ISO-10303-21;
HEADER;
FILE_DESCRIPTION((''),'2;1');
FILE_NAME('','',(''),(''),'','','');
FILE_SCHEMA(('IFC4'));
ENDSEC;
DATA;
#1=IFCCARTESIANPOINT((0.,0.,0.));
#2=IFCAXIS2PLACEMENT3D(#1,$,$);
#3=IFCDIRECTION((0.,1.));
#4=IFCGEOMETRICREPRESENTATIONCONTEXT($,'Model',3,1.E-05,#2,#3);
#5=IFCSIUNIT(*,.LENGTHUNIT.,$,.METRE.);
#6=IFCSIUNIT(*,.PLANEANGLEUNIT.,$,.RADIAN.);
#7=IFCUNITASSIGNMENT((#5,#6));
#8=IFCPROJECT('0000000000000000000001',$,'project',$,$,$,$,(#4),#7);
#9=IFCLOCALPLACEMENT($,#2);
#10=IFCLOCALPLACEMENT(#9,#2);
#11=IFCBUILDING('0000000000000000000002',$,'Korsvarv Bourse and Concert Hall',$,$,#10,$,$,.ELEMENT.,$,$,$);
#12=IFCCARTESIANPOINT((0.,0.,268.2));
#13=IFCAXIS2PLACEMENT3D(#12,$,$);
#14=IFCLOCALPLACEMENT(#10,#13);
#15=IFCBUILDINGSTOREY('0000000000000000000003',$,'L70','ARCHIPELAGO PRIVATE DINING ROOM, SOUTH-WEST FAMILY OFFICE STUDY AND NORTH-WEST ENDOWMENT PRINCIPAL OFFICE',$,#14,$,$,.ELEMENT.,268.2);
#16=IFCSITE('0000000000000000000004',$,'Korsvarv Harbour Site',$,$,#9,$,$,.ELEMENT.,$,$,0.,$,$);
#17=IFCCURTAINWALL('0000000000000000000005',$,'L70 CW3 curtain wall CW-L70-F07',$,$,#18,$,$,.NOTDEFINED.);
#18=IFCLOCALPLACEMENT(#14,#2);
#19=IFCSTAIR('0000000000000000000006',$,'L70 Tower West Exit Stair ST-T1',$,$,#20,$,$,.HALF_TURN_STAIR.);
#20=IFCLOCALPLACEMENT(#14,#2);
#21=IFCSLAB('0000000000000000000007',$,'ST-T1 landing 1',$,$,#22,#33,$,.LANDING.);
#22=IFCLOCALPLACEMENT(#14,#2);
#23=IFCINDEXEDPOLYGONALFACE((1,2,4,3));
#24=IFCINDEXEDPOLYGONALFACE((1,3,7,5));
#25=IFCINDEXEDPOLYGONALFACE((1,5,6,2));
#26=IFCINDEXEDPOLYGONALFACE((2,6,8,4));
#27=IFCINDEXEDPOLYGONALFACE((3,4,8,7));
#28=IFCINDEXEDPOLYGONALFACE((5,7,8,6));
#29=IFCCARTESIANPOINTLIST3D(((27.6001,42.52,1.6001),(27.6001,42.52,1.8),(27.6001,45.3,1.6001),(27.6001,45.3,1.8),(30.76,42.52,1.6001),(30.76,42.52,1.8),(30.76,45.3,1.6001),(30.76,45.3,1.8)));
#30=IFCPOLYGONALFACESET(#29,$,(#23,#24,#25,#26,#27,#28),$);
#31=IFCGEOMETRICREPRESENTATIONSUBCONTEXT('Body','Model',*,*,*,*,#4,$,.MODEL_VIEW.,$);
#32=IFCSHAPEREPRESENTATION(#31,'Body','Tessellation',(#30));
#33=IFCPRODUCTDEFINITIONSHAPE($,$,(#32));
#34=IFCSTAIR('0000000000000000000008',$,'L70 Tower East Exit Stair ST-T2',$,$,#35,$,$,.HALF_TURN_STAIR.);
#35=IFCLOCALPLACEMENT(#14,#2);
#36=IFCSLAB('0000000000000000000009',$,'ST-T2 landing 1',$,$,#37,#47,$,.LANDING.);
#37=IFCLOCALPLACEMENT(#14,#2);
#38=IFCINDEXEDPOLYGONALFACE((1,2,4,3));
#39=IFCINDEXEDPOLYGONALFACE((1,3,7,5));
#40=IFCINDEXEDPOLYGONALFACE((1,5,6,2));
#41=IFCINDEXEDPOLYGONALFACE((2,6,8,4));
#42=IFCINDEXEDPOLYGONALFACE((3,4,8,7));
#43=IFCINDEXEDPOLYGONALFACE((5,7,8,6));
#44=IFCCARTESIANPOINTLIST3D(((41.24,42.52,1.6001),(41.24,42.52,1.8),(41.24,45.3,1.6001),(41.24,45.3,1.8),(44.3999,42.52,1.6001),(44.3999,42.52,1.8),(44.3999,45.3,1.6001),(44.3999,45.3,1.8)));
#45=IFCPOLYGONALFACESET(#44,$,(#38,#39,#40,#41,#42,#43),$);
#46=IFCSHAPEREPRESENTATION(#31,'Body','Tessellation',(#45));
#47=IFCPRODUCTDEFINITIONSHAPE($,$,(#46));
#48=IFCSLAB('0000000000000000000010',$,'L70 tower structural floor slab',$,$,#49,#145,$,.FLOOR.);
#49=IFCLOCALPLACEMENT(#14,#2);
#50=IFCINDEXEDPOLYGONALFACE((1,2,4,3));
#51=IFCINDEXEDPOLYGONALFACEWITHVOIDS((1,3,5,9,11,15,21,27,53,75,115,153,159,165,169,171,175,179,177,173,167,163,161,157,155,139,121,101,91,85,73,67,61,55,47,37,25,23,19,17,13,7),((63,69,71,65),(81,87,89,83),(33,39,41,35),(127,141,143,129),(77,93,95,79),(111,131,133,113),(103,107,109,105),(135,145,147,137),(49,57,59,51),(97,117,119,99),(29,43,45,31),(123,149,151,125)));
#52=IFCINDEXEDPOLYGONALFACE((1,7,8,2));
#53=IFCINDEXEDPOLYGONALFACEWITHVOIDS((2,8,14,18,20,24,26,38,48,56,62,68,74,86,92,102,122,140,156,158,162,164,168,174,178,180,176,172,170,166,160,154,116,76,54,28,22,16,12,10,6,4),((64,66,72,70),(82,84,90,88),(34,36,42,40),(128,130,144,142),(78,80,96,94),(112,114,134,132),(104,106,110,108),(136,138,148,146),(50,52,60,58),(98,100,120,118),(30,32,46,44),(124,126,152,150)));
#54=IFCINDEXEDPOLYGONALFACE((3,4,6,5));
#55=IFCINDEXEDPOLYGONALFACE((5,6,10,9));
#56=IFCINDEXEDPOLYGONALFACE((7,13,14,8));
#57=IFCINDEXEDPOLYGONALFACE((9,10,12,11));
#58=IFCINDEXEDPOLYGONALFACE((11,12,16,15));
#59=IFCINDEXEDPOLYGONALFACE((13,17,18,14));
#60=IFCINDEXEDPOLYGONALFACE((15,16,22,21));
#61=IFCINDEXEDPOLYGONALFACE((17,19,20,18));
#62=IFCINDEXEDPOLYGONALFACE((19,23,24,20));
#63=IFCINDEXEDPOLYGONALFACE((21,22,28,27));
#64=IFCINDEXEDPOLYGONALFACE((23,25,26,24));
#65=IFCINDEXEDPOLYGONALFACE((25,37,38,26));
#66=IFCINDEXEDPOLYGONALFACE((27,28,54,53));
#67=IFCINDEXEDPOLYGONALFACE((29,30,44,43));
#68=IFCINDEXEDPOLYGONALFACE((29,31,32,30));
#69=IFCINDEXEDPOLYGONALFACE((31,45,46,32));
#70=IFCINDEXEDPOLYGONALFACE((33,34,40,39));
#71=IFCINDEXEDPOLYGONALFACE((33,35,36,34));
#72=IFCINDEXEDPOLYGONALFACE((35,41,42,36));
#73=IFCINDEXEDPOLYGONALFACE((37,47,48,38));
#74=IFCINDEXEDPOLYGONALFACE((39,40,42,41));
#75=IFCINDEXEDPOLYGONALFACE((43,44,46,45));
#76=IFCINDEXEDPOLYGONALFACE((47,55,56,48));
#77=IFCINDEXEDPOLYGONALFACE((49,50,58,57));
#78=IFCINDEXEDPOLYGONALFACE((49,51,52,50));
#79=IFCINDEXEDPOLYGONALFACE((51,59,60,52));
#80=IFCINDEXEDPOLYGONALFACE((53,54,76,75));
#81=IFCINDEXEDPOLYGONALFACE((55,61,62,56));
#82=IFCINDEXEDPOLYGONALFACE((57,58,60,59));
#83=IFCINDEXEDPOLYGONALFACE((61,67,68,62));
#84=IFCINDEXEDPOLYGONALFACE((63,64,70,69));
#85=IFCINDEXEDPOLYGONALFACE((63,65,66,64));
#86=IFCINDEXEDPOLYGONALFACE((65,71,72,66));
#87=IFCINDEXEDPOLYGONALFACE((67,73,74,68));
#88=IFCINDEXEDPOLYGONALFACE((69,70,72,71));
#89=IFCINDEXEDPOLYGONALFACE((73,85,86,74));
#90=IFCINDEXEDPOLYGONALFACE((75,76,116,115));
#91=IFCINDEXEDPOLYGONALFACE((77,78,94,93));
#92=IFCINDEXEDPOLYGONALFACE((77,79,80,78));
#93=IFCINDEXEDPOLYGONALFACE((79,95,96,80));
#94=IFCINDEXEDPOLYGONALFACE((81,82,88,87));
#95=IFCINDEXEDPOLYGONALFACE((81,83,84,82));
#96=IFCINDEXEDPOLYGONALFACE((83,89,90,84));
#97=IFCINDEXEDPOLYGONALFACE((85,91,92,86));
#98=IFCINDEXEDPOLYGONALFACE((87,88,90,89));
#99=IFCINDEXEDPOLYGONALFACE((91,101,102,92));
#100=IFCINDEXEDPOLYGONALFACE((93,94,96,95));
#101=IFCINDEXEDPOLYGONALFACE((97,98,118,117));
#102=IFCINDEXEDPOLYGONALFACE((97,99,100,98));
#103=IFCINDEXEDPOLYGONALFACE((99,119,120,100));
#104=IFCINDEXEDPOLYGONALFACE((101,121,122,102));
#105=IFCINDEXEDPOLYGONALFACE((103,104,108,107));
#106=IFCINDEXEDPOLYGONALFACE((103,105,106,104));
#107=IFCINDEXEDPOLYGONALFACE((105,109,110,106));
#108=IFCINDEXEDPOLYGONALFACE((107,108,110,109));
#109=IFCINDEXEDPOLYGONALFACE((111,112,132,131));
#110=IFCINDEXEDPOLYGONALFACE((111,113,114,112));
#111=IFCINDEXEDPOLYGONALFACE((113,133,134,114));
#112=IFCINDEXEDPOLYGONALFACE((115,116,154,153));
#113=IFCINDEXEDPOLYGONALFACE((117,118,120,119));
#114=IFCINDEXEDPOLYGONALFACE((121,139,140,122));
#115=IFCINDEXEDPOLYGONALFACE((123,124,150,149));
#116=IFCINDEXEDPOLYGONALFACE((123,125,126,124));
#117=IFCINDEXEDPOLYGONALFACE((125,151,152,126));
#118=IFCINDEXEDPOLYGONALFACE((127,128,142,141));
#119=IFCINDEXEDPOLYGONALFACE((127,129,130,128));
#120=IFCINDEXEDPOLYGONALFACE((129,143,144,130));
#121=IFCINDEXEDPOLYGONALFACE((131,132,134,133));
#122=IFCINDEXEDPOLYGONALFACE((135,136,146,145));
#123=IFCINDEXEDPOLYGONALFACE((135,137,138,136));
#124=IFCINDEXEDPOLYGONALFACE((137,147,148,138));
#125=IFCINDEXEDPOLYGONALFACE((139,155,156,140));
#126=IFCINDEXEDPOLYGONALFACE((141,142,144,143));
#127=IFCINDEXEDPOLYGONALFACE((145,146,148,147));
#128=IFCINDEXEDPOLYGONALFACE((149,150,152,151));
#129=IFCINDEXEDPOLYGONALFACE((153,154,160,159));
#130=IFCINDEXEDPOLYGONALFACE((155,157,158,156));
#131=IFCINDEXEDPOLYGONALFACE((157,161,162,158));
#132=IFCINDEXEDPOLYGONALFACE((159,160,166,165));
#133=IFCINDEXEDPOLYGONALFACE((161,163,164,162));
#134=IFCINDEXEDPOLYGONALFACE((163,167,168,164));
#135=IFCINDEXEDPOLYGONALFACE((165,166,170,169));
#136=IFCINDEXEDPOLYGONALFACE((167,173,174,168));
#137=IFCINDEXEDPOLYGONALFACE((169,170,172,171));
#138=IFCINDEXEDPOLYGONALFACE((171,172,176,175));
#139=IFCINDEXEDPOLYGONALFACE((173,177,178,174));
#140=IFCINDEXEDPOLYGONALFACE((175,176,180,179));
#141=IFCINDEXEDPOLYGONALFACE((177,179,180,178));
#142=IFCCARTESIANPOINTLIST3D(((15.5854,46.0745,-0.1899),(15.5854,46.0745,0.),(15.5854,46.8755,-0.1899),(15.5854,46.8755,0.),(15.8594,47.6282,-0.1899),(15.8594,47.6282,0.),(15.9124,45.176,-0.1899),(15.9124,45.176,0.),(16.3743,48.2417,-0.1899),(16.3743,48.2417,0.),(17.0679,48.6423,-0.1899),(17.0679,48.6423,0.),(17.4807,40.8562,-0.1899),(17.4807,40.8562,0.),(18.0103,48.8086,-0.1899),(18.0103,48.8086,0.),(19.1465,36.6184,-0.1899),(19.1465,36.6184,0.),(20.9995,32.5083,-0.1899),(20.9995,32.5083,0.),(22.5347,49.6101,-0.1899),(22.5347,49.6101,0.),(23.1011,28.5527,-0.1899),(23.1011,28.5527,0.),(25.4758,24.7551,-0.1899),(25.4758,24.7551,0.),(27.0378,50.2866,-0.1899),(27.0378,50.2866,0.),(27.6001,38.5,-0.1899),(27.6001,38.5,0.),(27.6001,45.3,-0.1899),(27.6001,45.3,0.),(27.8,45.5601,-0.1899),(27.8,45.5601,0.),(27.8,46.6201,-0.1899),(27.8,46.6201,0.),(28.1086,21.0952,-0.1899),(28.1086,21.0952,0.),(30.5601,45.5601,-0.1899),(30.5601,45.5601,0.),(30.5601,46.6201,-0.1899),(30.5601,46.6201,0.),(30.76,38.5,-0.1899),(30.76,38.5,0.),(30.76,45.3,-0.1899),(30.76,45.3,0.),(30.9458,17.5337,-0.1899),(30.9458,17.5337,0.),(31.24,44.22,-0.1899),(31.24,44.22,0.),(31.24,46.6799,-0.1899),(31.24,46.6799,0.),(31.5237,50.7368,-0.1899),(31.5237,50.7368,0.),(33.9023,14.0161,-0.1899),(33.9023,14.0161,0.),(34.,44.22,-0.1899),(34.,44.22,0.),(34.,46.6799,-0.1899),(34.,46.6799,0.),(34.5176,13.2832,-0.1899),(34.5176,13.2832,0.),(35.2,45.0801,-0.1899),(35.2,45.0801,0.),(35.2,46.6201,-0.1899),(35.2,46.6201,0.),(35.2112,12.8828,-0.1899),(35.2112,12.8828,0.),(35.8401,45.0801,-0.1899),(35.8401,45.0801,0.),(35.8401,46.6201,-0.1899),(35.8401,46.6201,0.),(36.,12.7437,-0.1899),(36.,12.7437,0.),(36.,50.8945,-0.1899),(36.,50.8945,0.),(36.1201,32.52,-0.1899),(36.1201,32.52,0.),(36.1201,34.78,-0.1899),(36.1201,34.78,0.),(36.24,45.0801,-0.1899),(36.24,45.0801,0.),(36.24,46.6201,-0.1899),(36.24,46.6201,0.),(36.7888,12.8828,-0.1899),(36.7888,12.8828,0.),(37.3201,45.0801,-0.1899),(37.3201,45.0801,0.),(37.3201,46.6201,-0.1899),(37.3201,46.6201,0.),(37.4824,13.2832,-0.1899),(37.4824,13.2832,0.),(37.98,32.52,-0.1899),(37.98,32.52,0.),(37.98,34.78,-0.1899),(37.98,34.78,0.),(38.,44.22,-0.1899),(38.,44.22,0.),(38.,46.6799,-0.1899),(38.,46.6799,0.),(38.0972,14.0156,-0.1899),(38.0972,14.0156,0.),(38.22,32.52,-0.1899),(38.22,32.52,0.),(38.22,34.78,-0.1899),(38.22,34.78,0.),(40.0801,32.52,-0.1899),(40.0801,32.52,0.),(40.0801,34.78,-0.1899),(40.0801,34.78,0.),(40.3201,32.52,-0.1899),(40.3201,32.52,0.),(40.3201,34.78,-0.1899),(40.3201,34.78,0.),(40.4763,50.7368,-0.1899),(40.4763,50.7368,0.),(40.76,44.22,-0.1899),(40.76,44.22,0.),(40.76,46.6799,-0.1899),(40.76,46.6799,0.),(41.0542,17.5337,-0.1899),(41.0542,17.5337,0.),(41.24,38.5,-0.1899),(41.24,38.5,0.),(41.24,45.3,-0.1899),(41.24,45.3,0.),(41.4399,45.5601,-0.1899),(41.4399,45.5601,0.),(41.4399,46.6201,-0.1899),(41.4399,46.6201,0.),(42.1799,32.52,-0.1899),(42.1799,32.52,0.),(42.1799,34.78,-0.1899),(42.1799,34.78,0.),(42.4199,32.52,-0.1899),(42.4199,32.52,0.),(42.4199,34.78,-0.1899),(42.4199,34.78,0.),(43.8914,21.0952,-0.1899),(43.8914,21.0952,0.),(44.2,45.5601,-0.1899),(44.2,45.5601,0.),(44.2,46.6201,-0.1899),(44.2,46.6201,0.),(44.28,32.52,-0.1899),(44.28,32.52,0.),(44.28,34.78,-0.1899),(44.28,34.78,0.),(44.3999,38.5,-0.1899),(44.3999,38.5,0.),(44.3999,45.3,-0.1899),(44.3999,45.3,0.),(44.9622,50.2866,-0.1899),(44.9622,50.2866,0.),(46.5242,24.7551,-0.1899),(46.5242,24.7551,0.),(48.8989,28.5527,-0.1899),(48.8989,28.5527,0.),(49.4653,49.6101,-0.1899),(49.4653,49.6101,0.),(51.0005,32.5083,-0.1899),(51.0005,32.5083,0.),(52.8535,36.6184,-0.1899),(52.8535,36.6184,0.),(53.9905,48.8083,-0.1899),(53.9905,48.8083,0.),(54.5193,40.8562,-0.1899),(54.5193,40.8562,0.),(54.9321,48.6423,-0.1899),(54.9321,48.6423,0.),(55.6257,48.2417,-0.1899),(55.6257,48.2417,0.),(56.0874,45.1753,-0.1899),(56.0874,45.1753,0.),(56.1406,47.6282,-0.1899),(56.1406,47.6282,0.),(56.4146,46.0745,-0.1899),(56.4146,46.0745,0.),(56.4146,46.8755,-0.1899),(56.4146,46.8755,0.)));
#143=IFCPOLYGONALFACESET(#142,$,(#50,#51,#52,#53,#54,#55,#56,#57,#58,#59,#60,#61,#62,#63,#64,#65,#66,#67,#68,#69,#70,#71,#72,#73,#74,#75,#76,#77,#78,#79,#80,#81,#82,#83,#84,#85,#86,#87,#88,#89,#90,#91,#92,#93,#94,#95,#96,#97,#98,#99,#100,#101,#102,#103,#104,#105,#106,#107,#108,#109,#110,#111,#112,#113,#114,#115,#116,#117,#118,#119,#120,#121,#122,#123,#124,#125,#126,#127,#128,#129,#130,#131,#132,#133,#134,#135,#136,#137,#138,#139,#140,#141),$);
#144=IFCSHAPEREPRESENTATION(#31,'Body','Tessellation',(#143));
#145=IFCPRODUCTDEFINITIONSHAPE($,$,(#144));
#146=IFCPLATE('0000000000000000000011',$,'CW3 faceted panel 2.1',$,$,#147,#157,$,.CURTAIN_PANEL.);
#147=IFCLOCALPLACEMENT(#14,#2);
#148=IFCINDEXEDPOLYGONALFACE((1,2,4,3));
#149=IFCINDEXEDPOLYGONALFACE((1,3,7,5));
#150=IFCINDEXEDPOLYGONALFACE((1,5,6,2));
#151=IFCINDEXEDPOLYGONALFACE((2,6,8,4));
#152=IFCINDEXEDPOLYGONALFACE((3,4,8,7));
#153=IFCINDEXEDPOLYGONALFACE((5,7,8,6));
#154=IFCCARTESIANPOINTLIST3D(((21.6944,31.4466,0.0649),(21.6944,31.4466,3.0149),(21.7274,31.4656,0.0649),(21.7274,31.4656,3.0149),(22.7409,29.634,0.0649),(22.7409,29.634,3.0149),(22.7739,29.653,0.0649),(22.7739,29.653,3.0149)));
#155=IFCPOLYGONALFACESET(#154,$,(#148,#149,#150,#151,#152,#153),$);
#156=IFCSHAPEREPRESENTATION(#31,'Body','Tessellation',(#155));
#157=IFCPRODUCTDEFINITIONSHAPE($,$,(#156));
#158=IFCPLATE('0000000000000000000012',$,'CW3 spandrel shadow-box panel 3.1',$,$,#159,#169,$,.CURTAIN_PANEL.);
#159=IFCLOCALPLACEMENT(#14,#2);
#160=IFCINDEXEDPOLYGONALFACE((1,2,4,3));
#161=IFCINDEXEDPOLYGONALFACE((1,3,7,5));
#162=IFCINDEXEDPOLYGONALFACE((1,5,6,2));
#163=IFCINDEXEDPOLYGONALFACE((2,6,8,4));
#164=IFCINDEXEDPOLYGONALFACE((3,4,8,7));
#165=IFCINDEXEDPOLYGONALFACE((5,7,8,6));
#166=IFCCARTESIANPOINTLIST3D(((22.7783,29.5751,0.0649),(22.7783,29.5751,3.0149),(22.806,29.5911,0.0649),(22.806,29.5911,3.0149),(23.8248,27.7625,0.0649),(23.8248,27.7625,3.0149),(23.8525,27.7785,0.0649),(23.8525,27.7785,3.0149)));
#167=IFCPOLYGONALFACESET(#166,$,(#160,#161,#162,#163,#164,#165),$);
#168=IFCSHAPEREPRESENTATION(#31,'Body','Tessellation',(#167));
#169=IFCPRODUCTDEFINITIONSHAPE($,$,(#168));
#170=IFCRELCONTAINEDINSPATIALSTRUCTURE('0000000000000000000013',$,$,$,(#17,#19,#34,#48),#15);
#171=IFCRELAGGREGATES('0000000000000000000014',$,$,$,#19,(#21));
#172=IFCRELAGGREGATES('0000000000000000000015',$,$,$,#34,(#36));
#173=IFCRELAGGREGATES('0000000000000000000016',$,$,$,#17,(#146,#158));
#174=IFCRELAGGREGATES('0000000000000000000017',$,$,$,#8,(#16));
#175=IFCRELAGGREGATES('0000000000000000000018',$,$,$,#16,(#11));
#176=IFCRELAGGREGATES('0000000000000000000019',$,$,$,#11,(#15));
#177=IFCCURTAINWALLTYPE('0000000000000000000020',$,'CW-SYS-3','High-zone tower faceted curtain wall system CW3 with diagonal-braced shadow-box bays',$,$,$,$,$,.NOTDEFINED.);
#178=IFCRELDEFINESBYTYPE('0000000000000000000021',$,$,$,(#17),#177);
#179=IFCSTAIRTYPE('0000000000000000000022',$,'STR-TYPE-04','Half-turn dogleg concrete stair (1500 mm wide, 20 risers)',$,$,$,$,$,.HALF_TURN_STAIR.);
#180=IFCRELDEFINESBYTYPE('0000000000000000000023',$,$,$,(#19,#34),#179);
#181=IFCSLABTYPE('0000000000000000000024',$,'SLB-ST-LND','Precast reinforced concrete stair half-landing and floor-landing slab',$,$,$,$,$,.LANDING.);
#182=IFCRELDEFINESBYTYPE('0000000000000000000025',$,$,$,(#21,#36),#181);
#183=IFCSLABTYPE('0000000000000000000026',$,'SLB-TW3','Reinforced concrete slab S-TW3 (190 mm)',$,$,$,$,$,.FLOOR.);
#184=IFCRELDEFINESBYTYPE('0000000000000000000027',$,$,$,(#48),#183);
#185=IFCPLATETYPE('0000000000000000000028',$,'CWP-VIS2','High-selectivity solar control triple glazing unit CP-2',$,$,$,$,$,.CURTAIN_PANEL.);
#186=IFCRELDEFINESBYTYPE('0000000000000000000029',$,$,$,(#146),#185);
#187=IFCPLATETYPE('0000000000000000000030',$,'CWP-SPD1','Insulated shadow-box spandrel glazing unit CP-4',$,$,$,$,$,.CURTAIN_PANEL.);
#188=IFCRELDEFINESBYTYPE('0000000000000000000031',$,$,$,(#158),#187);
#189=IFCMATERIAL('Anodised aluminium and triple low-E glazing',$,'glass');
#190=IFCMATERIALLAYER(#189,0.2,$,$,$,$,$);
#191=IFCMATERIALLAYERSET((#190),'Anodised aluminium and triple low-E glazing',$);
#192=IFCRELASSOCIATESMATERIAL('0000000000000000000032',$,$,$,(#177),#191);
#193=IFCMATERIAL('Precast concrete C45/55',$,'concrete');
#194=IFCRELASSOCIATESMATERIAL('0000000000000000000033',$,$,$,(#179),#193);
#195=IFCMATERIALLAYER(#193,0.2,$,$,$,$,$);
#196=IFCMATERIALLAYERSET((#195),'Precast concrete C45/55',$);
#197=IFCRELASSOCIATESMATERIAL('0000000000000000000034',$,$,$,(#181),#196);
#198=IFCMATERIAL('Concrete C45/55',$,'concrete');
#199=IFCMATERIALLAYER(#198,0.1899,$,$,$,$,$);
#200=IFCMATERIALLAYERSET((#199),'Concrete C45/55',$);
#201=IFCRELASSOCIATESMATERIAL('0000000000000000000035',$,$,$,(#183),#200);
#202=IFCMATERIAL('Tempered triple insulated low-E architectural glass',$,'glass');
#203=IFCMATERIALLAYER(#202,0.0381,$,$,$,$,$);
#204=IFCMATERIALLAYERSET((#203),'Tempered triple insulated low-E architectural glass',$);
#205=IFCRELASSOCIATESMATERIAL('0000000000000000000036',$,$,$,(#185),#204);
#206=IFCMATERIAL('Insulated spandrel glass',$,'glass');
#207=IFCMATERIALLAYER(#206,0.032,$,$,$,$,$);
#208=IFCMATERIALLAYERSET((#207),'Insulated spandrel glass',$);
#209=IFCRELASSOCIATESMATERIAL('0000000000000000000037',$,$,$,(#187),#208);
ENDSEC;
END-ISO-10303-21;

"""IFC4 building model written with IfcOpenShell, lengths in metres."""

from ifc_helpers import new_model, si_unit, direction, frame, origin, origin_2d, place, context, subcontext, project, spatial, polyline, rectangle, outline, extrude, source, transform, mapped, material, layer, layer_set, type_object, element, aggregate, save


model = new_model("IFC4")

# Units and contexts
model_context = context("Model", 3, precision=1e-05, world=origin(), true_north=direction((0.0, 1.0)))
body_context = subcontext(model_context, "Body", "Model", "MODEL_VIEW")
ifc_project = project(units=[si_unit("LENGTHUNIT", "METRE"), si_unit("PLANEANGLEUNIT", "RADIAN")], contexts=[model_context])

# Site, building, storey
site_placement = place(None, origin())
site = spatial("IfcSite", under=ifc_project, at=site_placement, Name="Korsvarv Harbour Site", CompositionType="ELEMENT", RefElevation=0.0)
building_placement = place(site_placement, origin())
building = spatial("IfcBuilding", under=site, at=building_placement, Name="Korsvarv Bourse and Concert Hall", CompositionType="ELEMENT")
storey_placement = place(building_placement, frame((0.0, 0.0, 268.2)))
storey = spatial("IfcBuildingStorey", under=building, at=storey_placement, Name="L70", Description="ARCHIPELAGO PRIVATE DINING ROOM, SOUTH-WEST FAMILY OFFICE STUDY AND NORTH-WEST ENDOWMENT PRINCIPAL OFFICE", CompositionType="ELEMENT", Elevation=268.2)

# Curtain wall
ifc_material_1 = material(Name="Anodised aluminium and triple low-E glazing", Category="glass")
ifc_layer_1 = layer(ifc_material_1, 0.2)
ifc_layer_set_1 = layer_set([ifc_layer_1], Name="Anodised aluminium and triple low-E glazing")
curtain_wall_type = type_object("IfcCurtainWallType", Name="CW-SYS-3", Description="High-zone tower faceted curtain wall system CW3 with diagonal-braced shadow-box bays", PredefinedType="NOTDEFINED", material=ifc_layer_set_1)
curtain_wall_placement = place(storey_placement, origin())
curtain_wall = element("IfcCurtainWall", 1, at=curtain_wall_placement, inside=storey, type_object=curtain_wall_type, Name="L70 CW3 curtain wall CW-L70-F07", PredefinedType="NOTDEFINED")

# Shared definitions
ifc_material_2 = material(Name="Precast concrete C45/55", Category="concrete")

# Stairs, slabs
stair_type = type_object("IfcStairType", Name="STR-TYPE-04", Description="Half-turn dogleg concrete stair (1500 mm wide, 20 risers)", PredefinedType="HALF_TURN_STAIR", material=ifc_material_2)
stair_1_placement = place(storey_placement, origin())
stair_1 = element("IfcStair", 2, at=stair_1_placement, inside=storey, type_object=stair_type, Name="L70 Tower West Exit Stair ST-T1", PredefinedType="HALF_TURN_STAIR")
ifc_layer_2 = layer(ifc_material_2, 0.2)
ifc_layer_set_2 = layer_set([ifc_layer_2], Name="Precast concrete C45/55")
slab_type_1 = type_object("IfcSlabType", Name="SLB-ST-LND", Description="Precast reinforced concrete stair half-landing and floor-landing slab", PredefinedType="LANDING", material=ifc_layer_set_2)
slab_1_placement = place(storey_placement, frame((0.0, 0.0, 1.6001)))
slab_1 = element("IfcSlab", 3, at=slab_1_placement, type_object=slab_type_1, Name="ST-T1 landing 1", PredefinedType="LANDING", context=body_context, shape_type="SweptSolid", body=[
    extrude(outline(polyline([(30.76, 42.52), (30.76, 45.3), (27.6001, 45.3), (27.6001, 42.52), (30.76, 42.52)])), origin(), (0.0, 0.0, 1.0), 0.2),
])
aggregate(stair_1, [slab_1])
stair_2_placement = place(storey_placement, origin())
stair_2 = element("IfcStair", 4, at=stair_2_placement, inside=storey, type_object=stair_type, Name="L70 Tower East Exit Stair ST-T2", PredefinedType="HALF_TURN_STAIR")
slab_2_placement = place(storey_placement, frame((0.0, 0.0, 1.6001)))
slab_2 = element("IfcSlab", 5, at=slab_2_placement, type_object=slab_type_1, Name="ST-T2 landing 1", PredefinedType="LANDING", context=body_context, shape_type="SweptSolid", body=[
    extrude(outline(polyline([(44.3999, 42.52), (44.3999, 45.3), (41.24, 45.3), (41.24, 42.52), (44.3999, 42.52)])), origin(), (0.0, 0.0, 1.0), 0.2),
])
aggregate(stair_2, [slab_2])

# Slab
ifc_material_3 = material(Name="Concrete C45/55", Category="concrete")
ifc_layer_3 = layer(ifc_material_3, 0.1899)
ifc_layer_set_3 = layer_set([ifc_layer_3], Name="Concrete C45/55")
slab_type_2 = type_object("IfcSlabType", Name="SLB-TW3", Description="Reinforced concrete slab S-TW3 (190 mm)", PredefinedType="FLOOR", material=ifc_layer_set_3)
slab_3_placement = place(storey_placement, frame((0.0, 0.0, -0.1899)))
element("IfcSlab", 6, at=slab_3_placement, inside=storey, type_object=slab_type_2, Name="L70 tower structural floor slab", PredefinedType="FLOOR", context=body_context, shape_type="SweptSolid", body=[
    extrude(outline(polyline([(56.0874, 45.1753), (54.5193, 40.8562), (52.8535, 36.6184), (51.0005, 32.5083), (48.8989, 28.5527), (46.5242, 24.7551), (43.8914, 21.0952), (41.0542, 17.5337), (38.0972, 14.0156), (37.4824, 13.2832), (36.7888, 12.8828), (36.0, 12.7437), (35.2112, 12.8828), (34.5176, 13.2832), (33.9023, 14.0161), (30.9458, 17.5337), (28.1086, 21.0952), (25.4758, 24.7551), (23.1011, 28.5527), (20.9995, 32.5083), (19.1465, 36.6184), (17.4807, 40.8562), (15.9124, 45.176), (15.5854, 46.0745), (15.5854, 46.8755), (15.8594, 47.6282), (16.3743, 48.2417), (17.0679, 48.6423), (18.0103, 48.8086), (22.5347, 49.6101), (27.0378, 50.2866), (31.5237, 50.7368), (36.0, 50.8945), (40.4763, 50.7368), (44.9622, 50.2866), (49.4653, 49.6101), (53.9905, 48.8083), (54.9321, 48.6423), (55.6257, 48.2417), (56.1406, 47.6282), (56.4146, 46.8755), (56.4146, 46.0745), (56.0874, 45.1753)]), holes=[polyline([(30.76, 38.5), (30.76, 45.3), (27.6001, 45.3), (27.6001, 38.5), (30.76, 38.5)]), polyline([(44.3999, 38.5), (44.3999, 45.3), (41.24, 45.3), (41.24, 38.5), (44.3999, 38.5)]), polyline([(31.24, 44.22), (34.0, 44.22), (34.0, 46.6799), (31.24, 46.6799), (31.24, 44.22)]), polyline([(38.0, 44.22), (40.76, 44.22), (40.76, 46.6799), (38.0, 46.6799), (38.0, 44.22)]), polyline([(36.1201, 32.52), (37.98, 32.52), (37.98, 34.78), (36.1201, 34.78), (36.1201, 32.52)]), polyline([(38.22, 32.52), (40.0801, 32.52), (40.0801, 34.78), (38.22, 34.78), (38.22, 32.52)]), polyline([(40.3201, 32.52), (42.1799, 32.52), (42.1799, 34.78), (40.3201, 34.78), (40.3201, 32.52)]), polyline([(42.4199, 32.52), (44.28, 32.52), (44.28, 34.78), (42.4199, 34.78), (42.4199, 32.52)]), polyline([(27.8, 45.5601), (30.5601, 45.5601), (30.5601, 46.6201), (27.8, 46.6201), (27.8, 45.5601)]), polyline([(41.4399, 45.5601), (44.2, 45.5601), (44.2, 46.6201), (41.4399, 46.6201), (41.4399, 45.5601)]), polyline([(35.2, 45.0801), (35.8401, 45.0801), (35.8401, 46.6201), (35.2, 46.6201), (35.2, 45.0801)]), polyline([(36.24, 45.0801), (37.3201, 45.0801), (37.3201, 46.6201), (36.24, 46.6201), (36.24, 45.0801)])]), origin(), (0.0, 0.0, 1.0), 0.1899),
])

# Plates
ifc_material_4 = material(Name="Tempered triple insulated low-E architectural glass", Category="glass")
ifc_layer_4 = layer(ifc_material_4, 0.0381)
ifc_layer_set_4 = layer_set([ifc_layer_4], Name="Tempered triple insulated low-E architectural glass")
plate_type_1 = type_object("IfcPlateType", Name="CWP-VIS2", Description="High-selectivity solar control triple glazing unit CP-2", PredefinedType="CURTAIN_PANEL", material=ifc_layer_set_4)
shared_shape_1 = source(origin(), body_context, "Body", "SweptSolid", [
    extrude(rectangle(XDim=2.093, YDim=0.0381, at=origin_2d()), origin(), (0.0, 0.0, 1.0), 2.95),
])
plate_1_placement = place(storey_placement, frame((22.2341, 30.5498, 0.0649), z_axis=(0.0, 0.0, 1.0), x_axis=(0.500004, -0.866023, 0.0)))
plate_1 = element("IfcPlate", 7, at=plate_1_placement, type_object=plate_type_1, Name="CW3 faceted panel 2.1", PredefinedType="CURTAIN_PANEL", context=body_context, shape_type="MappedRepresentation", body=[
    mapped(shared_shape_1, transform((0.0, 0.0, 0.0), scale=1.0)),
])
ifc_material_5 = material(Name="Insulated spandrel glass", Category="glass")
ifc_layer_5 = layer(ifc_material_5, 0.032)
ifc_layer_set_5 = layer_set([ifc_layer_5], Name="Insulated spandrel glass")
plate_type_2 = type_object("IfcPlateType", Name="CWP-SPD1", Description="Insulated shadow-box spandrel glazing unit CP-4", PredefinedType="CURTAIN_PANEL", material=ifc_layer_set_5)
shared_shape_2 = source(origin(), body_context, "Body", "SweptSolid", [
    extrude(rectangle(XDim=2.093, YDim=0.032, at=origin_2d()), origin(), (0.0, 0.0, 1.0), 2.95),
])
plate_2_placement = place(storey_placement, frame((23.3154, 28.6768, 0.0649), z_axis=(0.0, 0.0, 1.0), x_axis=(0.500004, -0.866023, 0.0)))
plate_2 = element("IfcPlate", 8, at=plate_2_placement, type_object=plate_type_2, Name="CW3 spandrel shadow-box panel 3.1", PredefinedType="CURTAIN_PANEL", context=body_context, shape_type="MappedRepresentation", body=[
    mapped(shared_shape_2, transform((0.0, 0.0, 0.0), scale=1.0)),
])
aggregate(curtain_wall, [plate_1, plate_2])

save(model, "model.ifc")
